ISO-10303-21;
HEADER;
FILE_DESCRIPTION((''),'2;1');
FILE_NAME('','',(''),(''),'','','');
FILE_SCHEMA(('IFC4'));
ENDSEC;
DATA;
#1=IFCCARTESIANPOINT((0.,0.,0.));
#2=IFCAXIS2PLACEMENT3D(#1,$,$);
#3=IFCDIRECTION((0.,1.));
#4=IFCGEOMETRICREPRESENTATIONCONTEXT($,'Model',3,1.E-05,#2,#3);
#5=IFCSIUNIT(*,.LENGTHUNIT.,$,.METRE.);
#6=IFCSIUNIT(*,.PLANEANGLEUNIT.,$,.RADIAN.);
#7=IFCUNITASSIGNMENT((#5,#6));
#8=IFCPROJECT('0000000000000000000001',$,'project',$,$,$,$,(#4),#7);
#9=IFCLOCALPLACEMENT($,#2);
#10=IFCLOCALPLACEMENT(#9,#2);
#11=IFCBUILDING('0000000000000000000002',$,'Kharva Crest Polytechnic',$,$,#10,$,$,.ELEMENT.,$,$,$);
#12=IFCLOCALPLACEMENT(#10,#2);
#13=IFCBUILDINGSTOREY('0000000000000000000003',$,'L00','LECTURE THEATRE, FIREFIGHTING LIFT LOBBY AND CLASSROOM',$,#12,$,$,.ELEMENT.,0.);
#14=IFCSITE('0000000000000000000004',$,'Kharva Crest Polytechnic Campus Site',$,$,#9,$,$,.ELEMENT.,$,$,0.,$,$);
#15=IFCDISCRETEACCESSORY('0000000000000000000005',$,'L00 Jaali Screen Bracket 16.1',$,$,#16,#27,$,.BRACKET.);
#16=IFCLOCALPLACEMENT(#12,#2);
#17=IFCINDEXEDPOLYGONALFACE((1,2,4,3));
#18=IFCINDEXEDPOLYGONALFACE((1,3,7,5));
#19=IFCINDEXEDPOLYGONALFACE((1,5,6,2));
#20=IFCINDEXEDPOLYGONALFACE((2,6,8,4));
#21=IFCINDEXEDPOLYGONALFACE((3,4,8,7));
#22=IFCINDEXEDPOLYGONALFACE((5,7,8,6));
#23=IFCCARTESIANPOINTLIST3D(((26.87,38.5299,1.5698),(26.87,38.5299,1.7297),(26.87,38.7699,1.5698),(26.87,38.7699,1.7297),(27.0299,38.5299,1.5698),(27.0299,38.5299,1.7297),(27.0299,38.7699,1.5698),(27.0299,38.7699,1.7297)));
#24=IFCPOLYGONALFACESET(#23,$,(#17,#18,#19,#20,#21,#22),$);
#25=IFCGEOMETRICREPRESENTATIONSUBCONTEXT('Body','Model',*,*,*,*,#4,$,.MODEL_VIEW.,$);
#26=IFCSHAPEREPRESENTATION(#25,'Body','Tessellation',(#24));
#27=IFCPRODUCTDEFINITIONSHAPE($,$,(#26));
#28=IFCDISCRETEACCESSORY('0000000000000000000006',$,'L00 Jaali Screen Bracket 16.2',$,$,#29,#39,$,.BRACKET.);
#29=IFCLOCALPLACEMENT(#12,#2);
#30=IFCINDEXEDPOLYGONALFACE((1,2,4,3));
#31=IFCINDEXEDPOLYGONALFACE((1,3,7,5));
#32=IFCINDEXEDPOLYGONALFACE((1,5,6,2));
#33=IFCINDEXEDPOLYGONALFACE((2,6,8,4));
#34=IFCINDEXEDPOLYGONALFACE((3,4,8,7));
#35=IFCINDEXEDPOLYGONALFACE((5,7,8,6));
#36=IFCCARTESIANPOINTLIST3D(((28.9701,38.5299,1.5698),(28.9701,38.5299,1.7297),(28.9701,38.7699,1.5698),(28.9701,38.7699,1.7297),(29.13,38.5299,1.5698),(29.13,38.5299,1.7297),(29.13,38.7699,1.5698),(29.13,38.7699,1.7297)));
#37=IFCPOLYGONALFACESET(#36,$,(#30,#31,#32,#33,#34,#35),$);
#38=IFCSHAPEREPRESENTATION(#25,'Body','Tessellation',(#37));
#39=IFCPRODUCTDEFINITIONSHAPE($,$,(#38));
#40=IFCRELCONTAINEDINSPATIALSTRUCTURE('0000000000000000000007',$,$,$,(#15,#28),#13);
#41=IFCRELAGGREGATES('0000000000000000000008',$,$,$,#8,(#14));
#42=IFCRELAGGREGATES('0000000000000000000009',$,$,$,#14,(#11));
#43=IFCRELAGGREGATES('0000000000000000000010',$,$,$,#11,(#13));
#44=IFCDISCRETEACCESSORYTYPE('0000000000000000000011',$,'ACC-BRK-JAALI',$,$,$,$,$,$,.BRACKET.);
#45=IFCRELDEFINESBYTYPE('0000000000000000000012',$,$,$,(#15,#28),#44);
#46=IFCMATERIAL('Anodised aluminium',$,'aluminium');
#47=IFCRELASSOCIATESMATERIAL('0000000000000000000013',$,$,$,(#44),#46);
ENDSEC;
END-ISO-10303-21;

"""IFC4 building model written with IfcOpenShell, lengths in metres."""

from ifc_helpers import new_model, si_unit, direction, frame, origin, origin_2d, place, context, subcontext, project, spatial, rectangle, extrude, material, type_object, element, save


model = new_model("IFC4")

# Units and contexts
model_context = context("Model", 3, precision=1e-05, world=origin(), true_north=direction((0.0, 1.0)))
body_context = subcontext(model_context, "Body", "Model", "MODEL_VIEW")
ifc_project = project(units=[si_unit("LENGTHUNIT", "METRE"), si_unit("PLANEANGLEUNIT", "RADIAN")], contexts=[model_context])

# Site, building, storey
site_placement = place(None, origin())
site = spatial("IfcSite", under=ifc_project, at=site_placement, Name="Kharva Crest Polytechnic Campus Site", CompositionType="ELEMENT", RefElevation=0.0)
building_placement = place(site_placement, origin())
building = spatial("IfcBuilding", under=site, at=building_placement, Name="Kharva Crest Polytechnic", CompositionType="ELEMENT")
storey_placement = place(building_placement, origin())
storey = spatial("IfcBuildingStorey", under=building, at=storey_placement, Name="L00", Description="LECTURE THEATRE, FIREFIGHTING LIFT LOBBY AND CLASSROOM", CompositionType="ELEMENT", Elevation=0.0)

# Shared definitions
ifc_material_1 = material(Name="Anodised aluminium", Category="aluminium")

# Discrete accessories
discrete_accessory_type = type_object("IfcDiscreteAccessoryType", Name="ACC-BRK-JAALI", PredefinedType="BRACKET", material=ifc_material_1)
for number, where, z_axis, x_axis, name in (
    (1, (26.95, 38.6499, 1.5698), (0.0, 0.0, 1.0), (1.0, 0.0, 0.0), "L00 Jaali Screen Bracket 16.1"),
    (2, (29.05, 38.6499, 1.5698), (0.0, 0.0, 1.0), (1.0, 0.0, 0.0), "L00 Jaali Screen Bracket 16.2"),
):
    element("IfcDiscreteAccessory", number, at=place(storey_placement, frame(where, z_axis=z_axis, x_axis=x_axis)), inside=storey, type_object=discrete_accessory_type, Name=name, PredefinedType="BRACKET", context=body_context, shape_type="SweptSolid", body=[
        extrude(rectangle(XDim=0.1599, YDim=0.24, at=origin_2d()), origin(), (0.0, 0.0, 1.0), 0.1599),
    ])

save(model, "model.ifc")
